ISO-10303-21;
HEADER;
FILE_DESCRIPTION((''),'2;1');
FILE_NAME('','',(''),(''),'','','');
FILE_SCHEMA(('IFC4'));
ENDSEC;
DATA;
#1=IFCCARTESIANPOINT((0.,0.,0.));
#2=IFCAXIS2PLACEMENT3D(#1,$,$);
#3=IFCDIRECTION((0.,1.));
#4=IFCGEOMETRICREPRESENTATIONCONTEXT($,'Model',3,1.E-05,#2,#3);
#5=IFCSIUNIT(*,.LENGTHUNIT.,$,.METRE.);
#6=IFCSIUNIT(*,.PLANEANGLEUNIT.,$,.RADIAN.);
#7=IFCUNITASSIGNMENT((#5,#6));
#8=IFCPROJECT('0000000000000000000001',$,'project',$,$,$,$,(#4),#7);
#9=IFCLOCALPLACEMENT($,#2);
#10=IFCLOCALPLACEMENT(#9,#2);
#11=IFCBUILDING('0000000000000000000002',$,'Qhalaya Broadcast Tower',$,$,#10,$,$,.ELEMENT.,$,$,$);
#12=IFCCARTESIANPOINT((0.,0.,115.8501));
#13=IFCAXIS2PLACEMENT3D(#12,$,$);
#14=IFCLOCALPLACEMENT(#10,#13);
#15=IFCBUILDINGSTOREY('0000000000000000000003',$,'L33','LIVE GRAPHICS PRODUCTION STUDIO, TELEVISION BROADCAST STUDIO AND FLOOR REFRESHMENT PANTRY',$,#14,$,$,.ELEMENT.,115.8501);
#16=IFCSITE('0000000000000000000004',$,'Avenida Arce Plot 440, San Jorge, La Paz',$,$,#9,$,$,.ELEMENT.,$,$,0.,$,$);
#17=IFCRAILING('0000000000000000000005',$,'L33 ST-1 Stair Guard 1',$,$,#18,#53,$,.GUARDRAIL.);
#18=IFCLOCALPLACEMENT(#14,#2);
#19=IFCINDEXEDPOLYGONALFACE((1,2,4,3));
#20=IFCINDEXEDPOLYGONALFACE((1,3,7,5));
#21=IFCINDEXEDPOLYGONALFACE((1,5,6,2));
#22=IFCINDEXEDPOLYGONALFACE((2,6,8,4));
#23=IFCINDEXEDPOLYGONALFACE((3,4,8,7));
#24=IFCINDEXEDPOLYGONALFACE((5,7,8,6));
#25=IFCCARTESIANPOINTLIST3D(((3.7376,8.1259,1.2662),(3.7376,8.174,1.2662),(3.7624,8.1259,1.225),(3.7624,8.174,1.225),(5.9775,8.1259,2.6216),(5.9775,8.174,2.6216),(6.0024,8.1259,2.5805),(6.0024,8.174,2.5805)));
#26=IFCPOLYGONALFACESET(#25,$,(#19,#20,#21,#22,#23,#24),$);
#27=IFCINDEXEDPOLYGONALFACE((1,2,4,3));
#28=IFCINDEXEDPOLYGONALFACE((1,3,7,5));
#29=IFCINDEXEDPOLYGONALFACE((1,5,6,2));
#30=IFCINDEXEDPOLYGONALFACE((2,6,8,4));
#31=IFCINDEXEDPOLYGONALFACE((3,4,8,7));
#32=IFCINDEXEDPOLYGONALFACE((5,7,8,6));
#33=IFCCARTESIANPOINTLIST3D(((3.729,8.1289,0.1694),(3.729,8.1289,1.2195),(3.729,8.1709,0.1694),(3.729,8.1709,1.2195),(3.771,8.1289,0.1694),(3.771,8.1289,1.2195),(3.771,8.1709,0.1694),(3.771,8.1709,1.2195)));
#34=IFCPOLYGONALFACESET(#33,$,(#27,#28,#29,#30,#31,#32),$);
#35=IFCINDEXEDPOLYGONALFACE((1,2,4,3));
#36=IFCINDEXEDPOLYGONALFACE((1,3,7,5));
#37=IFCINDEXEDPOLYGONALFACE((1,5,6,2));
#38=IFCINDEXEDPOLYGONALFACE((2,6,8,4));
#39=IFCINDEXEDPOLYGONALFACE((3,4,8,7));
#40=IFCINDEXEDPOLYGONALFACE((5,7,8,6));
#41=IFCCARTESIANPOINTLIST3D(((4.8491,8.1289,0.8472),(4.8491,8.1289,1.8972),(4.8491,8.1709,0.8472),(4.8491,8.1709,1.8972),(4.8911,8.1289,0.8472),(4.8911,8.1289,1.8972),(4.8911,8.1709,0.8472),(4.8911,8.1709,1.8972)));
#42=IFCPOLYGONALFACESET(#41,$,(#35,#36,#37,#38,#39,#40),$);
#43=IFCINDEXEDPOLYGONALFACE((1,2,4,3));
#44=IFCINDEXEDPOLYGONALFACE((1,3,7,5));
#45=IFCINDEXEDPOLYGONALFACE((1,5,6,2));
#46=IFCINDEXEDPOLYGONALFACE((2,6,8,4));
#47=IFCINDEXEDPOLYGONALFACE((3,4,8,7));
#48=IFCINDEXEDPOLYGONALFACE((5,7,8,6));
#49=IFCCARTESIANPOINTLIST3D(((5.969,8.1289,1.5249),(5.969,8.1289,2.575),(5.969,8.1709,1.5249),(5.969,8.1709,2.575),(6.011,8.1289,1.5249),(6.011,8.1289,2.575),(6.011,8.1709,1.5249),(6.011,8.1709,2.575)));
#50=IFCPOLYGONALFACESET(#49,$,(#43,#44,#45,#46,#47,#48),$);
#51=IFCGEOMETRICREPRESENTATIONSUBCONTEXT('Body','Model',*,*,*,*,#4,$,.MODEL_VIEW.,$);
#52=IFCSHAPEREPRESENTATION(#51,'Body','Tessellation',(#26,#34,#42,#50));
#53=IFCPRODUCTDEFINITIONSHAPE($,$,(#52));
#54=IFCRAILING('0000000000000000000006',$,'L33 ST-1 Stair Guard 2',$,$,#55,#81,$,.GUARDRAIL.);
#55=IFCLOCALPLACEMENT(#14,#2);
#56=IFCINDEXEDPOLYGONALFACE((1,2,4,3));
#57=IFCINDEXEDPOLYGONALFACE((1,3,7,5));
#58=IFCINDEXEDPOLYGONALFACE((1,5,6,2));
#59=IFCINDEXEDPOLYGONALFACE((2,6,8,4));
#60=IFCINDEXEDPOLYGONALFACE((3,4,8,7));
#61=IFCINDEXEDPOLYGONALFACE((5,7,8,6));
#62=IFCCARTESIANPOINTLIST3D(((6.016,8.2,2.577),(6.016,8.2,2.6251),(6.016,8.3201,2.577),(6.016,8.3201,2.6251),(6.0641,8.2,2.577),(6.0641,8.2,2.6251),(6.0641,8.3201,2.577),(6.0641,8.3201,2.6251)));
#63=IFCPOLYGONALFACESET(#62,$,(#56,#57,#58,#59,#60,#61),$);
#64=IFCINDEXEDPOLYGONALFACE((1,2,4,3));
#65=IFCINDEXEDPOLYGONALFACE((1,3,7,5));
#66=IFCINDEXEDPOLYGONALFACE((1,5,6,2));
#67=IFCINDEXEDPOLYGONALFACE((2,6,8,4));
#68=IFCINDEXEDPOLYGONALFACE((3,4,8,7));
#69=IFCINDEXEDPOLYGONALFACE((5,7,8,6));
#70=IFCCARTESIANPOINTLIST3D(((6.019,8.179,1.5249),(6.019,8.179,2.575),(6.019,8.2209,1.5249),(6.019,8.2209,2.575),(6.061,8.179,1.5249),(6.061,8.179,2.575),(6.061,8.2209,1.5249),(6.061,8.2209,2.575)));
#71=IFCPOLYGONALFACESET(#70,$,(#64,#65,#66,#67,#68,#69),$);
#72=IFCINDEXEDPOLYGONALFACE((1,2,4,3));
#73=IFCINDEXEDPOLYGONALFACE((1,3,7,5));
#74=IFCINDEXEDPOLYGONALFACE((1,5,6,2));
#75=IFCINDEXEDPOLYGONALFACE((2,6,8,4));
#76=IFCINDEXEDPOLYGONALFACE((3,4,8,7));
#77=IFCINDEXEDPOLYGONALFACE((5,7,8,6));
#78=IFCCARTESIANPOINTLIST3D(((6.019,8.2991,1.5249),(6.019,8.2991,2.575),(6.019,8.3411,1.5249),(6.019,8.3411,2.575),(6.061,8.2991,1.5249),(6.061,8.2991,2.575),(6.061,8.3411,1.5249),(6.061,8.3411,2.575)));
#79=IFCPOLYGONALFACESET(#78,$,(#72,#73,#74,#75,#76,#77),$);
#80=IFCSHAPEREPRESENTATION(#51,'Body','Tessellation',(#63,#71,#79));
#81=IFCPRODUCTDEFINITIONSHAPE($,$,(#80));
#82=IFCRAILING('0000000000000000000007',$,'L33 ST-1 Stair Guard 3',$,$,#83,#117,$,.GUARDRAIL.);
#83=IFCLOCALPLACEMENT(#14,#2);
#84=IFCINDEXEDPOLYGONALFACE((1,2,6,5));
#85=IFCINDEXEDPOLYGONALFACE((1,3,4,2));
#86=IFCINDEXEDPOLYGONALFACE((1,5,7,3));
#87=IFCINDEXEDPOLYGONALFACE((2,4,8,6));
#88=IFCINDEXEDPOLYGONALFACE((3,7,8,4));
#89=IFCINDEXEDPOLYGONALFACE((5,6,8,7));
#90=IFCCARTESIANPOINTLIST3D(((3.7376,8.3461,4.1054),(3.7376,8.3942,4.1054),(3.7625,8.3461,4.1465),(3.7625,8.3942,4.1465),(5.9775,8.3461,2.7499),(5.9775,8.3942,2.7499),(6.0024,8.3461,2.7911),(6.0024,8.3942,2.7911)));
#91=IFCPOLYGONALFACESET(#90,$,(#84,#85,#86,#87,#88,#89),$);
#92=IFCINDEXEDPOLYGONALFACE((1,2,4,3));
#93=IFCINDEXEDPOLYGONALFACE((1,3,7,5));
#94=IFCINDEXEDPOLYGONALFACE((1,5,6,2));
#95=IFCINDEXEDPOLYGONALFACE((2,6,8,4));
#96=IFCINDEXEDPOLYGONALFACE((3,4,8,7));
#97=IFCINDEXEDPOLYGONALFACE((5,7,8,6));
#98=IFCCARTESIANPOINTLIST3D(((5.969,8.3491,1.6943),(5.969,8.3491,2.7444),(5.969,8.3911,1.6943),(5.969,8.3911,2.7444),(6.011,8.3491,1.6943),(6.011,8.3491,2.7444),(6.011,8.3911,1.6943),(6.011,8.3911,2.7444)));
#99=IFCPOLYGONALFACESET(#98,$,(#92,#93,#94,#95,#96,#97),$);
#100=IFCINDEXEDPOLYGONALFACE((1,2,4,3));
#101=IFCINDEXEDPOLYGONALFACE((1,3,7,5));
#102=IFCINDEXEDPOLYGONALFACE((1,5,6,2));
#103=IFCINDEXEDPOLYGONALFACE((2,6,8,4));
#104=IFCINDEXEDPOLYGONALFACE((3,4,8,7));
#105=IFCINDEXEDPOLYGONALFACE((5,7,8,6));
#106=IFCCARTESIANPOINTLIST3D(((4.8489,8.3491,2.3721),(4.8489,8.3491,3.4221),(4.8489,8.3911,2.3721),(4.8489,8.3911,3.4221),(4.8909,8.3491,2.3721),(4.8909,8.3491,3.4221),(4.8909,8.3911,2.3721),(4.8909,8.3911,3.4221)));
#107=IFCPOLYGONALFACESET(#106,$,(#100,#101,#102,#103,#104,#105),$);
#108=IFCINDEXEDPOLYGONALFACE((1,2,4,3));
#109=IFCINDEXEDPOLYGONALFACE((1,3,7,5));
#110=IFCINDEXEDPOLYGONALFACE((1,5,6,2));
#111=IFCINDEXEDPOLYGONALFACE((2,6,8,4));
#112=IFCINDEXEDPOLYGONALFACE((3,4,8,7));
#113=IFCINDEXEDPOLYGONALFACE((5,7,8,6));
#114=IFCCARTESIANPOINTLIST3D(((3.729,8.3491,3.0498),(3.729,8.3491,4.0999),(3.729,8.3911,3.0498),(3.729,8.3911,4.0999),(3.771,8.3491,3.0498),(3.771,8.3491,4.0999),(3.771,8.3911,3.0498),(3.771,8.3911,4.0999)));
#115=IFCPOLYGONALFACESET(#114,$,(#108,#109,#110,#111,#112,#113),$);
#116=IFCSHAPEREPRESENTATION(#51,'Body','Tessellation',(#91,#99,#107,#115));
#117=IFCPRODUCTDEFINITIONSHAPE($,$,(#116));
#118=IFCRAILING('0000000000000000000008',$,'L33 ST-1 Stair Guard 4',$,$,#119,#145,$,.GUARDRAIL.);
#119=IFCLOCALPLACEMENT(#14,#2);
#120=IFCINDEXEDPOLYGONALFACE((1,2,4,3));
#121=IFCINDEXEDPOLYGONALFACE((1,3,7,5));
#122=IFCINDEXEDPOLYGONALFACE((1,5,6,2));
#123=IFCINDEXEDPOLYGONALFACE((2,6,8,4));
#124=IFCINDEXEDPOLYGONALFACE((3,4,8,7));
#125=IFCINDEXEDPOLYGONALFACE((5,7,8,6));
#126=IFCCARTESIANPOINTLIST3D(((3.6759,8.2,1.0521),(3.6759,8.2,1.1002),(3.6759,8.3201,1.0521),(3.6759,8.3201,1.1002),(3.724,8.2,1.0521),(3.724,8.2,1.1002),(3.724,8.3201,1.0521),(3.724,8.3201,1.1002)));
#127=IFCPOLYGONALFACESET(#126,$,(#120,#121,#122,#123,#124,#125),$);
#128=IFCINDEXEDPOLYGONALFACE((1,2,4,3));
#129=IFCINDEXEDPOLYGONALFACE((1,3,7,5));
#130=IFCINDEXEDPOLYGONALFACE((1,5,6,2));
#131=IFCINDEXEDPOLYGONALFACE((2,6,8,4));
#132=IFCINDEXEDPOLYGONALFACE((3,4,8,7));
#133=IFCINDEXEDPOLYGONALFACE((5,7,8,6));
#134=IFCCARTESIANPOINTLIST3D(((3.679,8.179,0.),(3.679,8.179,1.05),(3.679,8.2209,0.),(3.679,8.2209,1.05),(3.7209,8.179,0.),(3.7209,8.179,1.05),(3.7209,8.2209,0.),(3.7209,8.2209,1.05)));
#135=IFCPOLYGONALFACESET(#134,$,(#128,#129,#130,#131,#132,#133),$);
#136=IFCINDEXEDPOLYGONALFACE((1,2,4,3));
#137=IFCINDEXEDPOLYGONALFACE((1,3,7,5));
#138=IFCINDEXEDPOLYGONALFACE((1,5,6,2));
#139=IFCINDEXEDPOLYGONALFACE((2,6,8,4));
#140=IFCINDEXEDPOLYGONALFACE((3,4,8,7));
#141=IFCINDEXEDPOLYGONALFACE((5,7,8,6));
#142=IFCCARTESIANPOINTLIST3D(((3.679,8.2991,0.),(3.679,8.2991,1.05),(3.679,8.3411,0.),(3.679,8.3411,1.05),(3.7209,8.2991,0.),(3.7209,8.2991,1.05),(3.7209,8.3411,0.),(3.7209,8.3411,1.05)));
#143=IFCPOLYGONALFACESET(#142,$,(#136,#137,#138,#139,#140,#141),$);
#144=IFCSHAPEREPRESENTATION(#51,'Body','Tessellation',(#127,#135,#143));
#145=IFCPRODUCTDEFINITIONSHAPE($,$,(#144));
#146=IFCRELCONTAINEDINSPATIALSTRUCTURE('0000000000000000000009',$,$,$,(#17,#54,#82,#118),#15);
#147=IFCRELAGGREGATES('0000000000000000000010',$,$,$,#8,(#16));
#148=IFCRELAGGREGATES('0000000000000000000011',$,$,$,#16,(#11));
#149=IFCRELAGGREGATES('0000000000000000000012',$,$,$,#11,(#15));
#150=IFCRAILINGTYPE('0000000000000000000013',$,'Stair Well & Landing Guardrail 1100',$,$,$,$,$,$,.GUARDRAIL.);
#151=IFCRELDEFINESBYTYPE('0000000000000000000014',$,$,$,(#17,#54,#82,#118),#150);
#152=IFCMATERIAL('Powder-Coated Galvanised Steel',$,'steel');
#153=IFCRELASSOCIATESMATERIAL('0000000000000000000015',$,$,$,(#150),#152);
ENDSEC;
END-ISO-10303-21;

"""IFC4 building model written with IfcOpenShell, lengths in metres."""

from ifc_helpers import new_model, si_unit, direction, frame, origin, origin_2d, place, context, subcontext, project, spatial, rectangle, extrude, material, type_object, element, save


model = new_model("IFC4")

# Units and contexts
model_context = context("Model", 3, precision=1e-05, world=origin(), true_north=direction((0.0, 1.0)))
body_context = subcontext(model_context, "Body", "Model", "MODEL_VIEW")
ifc_project = project(units=[si_unit("LENGTHUNIT", "METRE"), si_unit("PLANEANGLEUNIT", "RADIAN")], contexts=[model_context])

# Site, building, storey
site_placement = place(None, origin())
site = spatial("IfcSite", under=ifc_project, at=site_placement, Name="Avenida Arce Plot 440, San Jorge, La Paz", CompositionType="ELEMENT", RefElevation=0.0)
building_placement = place(site_placement, origin())
building = spatial("IfcBuilding", under=site, at=building_placement, Name="Qhalaya Broadcast Tower", CompositionType="ELEMENT")
storey_placement = place(building_placement, frame((0.0, 0.0, 115.8501)))
storey = spatial("IfcBuildingStorey", under=building, at=storey_placement, Name="L33", Description="LIVE GRAPHICS PRODUCTION STUDIO, TELEVISION BROADCAST STUDIO AND FLOOR REFRESHMENT PANTRY", CompositionType="ELEMENT", Elevation=115.8501)

# Railings
ifc_material_1 = material(Name="Powder-Coated Galvanised Steel", Category="steel")
railing_type_1 = type_object("IfcRailingType", Name="Stair Well & Landing Guardrail 1100", PredefinedType="GUARDRAIL", material=ifc_material_1)
railing_1_placement = place(storey_placement, frame((3.75, 8.1499, 0.1694)))
element("IfcRailing", 1, at=railing_1_placement, inside=storey, type_object=railing_type_1, Name="L33 ST-1 Stair Guard 1", PredefinedType="GUARDRAIL", context=body_context, shape_type="SweptSolid", body=[
    extrude(rectangle(XDim=0.0481, YDim=0.0481, at=origin_2d()), frame((0.0, 0.0, 1.0762), z_axis=(0.855553, 0.0, 0.517715), x_axis=(0.0, 1.0, 0.0)), (0.0, 0.0, 1.0), 2.6182),
    extrude(rectangle(XDim=0.042, YDim=0.042, at=origin_2d()), origin(), (0.0, 0.0, 1.0), 1.05),
    extrude(rectangle(XDim=0.042, YDim=0.042, at=origin_2d()), frame((1.1201, 0.0, 0.6777)), (0.0, 0.0, 1.0), 1.05),
    extrude(rectangle(XDim=0.042, YDim=0.042, at=origin_2d()), frame((2.24, 0.0, 1.3555)), (0.0, 0.0, 1.0), 1.05),
])
railing_2_placement = place(storey_placement, frame((6.04, 8.2, 1.5249)))
element("IfcRailing", 2, at=railing_2_placement, inside=storey, type_object=railing_type_1, Name="L33 ST-1 Stair Guard 2", PredefinedType="GUARDRAIL", context=body_context, shape_type="SweptSolid", body=[
    extrude(rectangle(XDim=0.0481, YDim=0.0481, at=origin_2d()), frame((0.0, 0.0, 1.0762), z_axis=(0.0, 1.0, 0.0), x_axis=(-1.0, 0.0, 0.0)), (0.0, 0.0, 1.0), 0.1201),
    extrude(rectangle(XDim=0.042, YDim=0.042, at=origin_2d()), origin(), (0.0, 0.0, 1.0), 1.05),
    extrude(rectangle(XDim=0.042, YDim=0.042, at=origin_2d()), frame((0.0, 0.1201, 0.0)), (0.0, 0.0, 1.0), 1.05),
])
railing_3_placement = place(storey_placement, frame((5.99, 8.3701, 1.6943)))
element("IfcRailing", 3, at=railing_3_placement, inside=storey, type_object=railing_type_1, Name="L33 ST-1 Stair Guard 3", PredefinedType="GUARDRAIL", context=body_context, shape_type="SweptSolid", body=[
    extrude(rectangle(XDim=0.0481, YDim=0.0481, at=origin_2d()), frame((0.0, 0.0, 1.0762), z_axis=(-0.855553, 0.0, 0.517715), x_axis=(0.0, -1.0, 0.0)), (0.0, 0.0, 1.0), 2.6182),
    extrude(rectangle(XDim=0.042, YDim=0.042, at=origin_2d()), origin(), (0.0, 0.0, 1.0), 1.05),
    extrude(rectangle(XDim=0.042, YDim=0.042, at=origin_2d()), frame((-1.1201, 0.0, 0.6777)), (0.0, 0.0, 1.0), 1.05),
    extrude(rectangle(XDim=0.042, YDim=0.042, at=origin_2d()), frame((-2.24, 0.0, 1.3555)), (0.0, 0.0, 1.0), 1.05),
])
railing_4_placement = place(storey_placement, frame((3.7, 8.2, 0.0)))
element("IfcRailing", 4, at=railing_4_placement, inside=storey, type_object=railing_type_1, Name="L33 ST-1 Stair Guard 4", PredefinedType="GUARDRAIL", context=body_context, shape_type="SweptSolid", body=[
    extrude(rectangle(XDim=0.0481, YDim=0.0481, at=origin_2d()), frame((0.0, 0.0, 1.0762), z_axis=(0.0, 1.0, 0.0), x_axis=(-1.0, 0.0, 0.0)), (0.0, 0.0, 1.0), 0.1201),
    extrude(rectangle(XDim=0.042, YDim=0.042, at=origin_2d()), origin(), (0.0, 0.0, 1.0), 1.05),
    extrude(rectangle(XDim=0.042, YDim=0.042, at=origin_2d()), frame((0.0, 0.1201, 0.0)), (0.0, 0.0, 1.0), 1.05),
])

save(model, "model.ifc")
